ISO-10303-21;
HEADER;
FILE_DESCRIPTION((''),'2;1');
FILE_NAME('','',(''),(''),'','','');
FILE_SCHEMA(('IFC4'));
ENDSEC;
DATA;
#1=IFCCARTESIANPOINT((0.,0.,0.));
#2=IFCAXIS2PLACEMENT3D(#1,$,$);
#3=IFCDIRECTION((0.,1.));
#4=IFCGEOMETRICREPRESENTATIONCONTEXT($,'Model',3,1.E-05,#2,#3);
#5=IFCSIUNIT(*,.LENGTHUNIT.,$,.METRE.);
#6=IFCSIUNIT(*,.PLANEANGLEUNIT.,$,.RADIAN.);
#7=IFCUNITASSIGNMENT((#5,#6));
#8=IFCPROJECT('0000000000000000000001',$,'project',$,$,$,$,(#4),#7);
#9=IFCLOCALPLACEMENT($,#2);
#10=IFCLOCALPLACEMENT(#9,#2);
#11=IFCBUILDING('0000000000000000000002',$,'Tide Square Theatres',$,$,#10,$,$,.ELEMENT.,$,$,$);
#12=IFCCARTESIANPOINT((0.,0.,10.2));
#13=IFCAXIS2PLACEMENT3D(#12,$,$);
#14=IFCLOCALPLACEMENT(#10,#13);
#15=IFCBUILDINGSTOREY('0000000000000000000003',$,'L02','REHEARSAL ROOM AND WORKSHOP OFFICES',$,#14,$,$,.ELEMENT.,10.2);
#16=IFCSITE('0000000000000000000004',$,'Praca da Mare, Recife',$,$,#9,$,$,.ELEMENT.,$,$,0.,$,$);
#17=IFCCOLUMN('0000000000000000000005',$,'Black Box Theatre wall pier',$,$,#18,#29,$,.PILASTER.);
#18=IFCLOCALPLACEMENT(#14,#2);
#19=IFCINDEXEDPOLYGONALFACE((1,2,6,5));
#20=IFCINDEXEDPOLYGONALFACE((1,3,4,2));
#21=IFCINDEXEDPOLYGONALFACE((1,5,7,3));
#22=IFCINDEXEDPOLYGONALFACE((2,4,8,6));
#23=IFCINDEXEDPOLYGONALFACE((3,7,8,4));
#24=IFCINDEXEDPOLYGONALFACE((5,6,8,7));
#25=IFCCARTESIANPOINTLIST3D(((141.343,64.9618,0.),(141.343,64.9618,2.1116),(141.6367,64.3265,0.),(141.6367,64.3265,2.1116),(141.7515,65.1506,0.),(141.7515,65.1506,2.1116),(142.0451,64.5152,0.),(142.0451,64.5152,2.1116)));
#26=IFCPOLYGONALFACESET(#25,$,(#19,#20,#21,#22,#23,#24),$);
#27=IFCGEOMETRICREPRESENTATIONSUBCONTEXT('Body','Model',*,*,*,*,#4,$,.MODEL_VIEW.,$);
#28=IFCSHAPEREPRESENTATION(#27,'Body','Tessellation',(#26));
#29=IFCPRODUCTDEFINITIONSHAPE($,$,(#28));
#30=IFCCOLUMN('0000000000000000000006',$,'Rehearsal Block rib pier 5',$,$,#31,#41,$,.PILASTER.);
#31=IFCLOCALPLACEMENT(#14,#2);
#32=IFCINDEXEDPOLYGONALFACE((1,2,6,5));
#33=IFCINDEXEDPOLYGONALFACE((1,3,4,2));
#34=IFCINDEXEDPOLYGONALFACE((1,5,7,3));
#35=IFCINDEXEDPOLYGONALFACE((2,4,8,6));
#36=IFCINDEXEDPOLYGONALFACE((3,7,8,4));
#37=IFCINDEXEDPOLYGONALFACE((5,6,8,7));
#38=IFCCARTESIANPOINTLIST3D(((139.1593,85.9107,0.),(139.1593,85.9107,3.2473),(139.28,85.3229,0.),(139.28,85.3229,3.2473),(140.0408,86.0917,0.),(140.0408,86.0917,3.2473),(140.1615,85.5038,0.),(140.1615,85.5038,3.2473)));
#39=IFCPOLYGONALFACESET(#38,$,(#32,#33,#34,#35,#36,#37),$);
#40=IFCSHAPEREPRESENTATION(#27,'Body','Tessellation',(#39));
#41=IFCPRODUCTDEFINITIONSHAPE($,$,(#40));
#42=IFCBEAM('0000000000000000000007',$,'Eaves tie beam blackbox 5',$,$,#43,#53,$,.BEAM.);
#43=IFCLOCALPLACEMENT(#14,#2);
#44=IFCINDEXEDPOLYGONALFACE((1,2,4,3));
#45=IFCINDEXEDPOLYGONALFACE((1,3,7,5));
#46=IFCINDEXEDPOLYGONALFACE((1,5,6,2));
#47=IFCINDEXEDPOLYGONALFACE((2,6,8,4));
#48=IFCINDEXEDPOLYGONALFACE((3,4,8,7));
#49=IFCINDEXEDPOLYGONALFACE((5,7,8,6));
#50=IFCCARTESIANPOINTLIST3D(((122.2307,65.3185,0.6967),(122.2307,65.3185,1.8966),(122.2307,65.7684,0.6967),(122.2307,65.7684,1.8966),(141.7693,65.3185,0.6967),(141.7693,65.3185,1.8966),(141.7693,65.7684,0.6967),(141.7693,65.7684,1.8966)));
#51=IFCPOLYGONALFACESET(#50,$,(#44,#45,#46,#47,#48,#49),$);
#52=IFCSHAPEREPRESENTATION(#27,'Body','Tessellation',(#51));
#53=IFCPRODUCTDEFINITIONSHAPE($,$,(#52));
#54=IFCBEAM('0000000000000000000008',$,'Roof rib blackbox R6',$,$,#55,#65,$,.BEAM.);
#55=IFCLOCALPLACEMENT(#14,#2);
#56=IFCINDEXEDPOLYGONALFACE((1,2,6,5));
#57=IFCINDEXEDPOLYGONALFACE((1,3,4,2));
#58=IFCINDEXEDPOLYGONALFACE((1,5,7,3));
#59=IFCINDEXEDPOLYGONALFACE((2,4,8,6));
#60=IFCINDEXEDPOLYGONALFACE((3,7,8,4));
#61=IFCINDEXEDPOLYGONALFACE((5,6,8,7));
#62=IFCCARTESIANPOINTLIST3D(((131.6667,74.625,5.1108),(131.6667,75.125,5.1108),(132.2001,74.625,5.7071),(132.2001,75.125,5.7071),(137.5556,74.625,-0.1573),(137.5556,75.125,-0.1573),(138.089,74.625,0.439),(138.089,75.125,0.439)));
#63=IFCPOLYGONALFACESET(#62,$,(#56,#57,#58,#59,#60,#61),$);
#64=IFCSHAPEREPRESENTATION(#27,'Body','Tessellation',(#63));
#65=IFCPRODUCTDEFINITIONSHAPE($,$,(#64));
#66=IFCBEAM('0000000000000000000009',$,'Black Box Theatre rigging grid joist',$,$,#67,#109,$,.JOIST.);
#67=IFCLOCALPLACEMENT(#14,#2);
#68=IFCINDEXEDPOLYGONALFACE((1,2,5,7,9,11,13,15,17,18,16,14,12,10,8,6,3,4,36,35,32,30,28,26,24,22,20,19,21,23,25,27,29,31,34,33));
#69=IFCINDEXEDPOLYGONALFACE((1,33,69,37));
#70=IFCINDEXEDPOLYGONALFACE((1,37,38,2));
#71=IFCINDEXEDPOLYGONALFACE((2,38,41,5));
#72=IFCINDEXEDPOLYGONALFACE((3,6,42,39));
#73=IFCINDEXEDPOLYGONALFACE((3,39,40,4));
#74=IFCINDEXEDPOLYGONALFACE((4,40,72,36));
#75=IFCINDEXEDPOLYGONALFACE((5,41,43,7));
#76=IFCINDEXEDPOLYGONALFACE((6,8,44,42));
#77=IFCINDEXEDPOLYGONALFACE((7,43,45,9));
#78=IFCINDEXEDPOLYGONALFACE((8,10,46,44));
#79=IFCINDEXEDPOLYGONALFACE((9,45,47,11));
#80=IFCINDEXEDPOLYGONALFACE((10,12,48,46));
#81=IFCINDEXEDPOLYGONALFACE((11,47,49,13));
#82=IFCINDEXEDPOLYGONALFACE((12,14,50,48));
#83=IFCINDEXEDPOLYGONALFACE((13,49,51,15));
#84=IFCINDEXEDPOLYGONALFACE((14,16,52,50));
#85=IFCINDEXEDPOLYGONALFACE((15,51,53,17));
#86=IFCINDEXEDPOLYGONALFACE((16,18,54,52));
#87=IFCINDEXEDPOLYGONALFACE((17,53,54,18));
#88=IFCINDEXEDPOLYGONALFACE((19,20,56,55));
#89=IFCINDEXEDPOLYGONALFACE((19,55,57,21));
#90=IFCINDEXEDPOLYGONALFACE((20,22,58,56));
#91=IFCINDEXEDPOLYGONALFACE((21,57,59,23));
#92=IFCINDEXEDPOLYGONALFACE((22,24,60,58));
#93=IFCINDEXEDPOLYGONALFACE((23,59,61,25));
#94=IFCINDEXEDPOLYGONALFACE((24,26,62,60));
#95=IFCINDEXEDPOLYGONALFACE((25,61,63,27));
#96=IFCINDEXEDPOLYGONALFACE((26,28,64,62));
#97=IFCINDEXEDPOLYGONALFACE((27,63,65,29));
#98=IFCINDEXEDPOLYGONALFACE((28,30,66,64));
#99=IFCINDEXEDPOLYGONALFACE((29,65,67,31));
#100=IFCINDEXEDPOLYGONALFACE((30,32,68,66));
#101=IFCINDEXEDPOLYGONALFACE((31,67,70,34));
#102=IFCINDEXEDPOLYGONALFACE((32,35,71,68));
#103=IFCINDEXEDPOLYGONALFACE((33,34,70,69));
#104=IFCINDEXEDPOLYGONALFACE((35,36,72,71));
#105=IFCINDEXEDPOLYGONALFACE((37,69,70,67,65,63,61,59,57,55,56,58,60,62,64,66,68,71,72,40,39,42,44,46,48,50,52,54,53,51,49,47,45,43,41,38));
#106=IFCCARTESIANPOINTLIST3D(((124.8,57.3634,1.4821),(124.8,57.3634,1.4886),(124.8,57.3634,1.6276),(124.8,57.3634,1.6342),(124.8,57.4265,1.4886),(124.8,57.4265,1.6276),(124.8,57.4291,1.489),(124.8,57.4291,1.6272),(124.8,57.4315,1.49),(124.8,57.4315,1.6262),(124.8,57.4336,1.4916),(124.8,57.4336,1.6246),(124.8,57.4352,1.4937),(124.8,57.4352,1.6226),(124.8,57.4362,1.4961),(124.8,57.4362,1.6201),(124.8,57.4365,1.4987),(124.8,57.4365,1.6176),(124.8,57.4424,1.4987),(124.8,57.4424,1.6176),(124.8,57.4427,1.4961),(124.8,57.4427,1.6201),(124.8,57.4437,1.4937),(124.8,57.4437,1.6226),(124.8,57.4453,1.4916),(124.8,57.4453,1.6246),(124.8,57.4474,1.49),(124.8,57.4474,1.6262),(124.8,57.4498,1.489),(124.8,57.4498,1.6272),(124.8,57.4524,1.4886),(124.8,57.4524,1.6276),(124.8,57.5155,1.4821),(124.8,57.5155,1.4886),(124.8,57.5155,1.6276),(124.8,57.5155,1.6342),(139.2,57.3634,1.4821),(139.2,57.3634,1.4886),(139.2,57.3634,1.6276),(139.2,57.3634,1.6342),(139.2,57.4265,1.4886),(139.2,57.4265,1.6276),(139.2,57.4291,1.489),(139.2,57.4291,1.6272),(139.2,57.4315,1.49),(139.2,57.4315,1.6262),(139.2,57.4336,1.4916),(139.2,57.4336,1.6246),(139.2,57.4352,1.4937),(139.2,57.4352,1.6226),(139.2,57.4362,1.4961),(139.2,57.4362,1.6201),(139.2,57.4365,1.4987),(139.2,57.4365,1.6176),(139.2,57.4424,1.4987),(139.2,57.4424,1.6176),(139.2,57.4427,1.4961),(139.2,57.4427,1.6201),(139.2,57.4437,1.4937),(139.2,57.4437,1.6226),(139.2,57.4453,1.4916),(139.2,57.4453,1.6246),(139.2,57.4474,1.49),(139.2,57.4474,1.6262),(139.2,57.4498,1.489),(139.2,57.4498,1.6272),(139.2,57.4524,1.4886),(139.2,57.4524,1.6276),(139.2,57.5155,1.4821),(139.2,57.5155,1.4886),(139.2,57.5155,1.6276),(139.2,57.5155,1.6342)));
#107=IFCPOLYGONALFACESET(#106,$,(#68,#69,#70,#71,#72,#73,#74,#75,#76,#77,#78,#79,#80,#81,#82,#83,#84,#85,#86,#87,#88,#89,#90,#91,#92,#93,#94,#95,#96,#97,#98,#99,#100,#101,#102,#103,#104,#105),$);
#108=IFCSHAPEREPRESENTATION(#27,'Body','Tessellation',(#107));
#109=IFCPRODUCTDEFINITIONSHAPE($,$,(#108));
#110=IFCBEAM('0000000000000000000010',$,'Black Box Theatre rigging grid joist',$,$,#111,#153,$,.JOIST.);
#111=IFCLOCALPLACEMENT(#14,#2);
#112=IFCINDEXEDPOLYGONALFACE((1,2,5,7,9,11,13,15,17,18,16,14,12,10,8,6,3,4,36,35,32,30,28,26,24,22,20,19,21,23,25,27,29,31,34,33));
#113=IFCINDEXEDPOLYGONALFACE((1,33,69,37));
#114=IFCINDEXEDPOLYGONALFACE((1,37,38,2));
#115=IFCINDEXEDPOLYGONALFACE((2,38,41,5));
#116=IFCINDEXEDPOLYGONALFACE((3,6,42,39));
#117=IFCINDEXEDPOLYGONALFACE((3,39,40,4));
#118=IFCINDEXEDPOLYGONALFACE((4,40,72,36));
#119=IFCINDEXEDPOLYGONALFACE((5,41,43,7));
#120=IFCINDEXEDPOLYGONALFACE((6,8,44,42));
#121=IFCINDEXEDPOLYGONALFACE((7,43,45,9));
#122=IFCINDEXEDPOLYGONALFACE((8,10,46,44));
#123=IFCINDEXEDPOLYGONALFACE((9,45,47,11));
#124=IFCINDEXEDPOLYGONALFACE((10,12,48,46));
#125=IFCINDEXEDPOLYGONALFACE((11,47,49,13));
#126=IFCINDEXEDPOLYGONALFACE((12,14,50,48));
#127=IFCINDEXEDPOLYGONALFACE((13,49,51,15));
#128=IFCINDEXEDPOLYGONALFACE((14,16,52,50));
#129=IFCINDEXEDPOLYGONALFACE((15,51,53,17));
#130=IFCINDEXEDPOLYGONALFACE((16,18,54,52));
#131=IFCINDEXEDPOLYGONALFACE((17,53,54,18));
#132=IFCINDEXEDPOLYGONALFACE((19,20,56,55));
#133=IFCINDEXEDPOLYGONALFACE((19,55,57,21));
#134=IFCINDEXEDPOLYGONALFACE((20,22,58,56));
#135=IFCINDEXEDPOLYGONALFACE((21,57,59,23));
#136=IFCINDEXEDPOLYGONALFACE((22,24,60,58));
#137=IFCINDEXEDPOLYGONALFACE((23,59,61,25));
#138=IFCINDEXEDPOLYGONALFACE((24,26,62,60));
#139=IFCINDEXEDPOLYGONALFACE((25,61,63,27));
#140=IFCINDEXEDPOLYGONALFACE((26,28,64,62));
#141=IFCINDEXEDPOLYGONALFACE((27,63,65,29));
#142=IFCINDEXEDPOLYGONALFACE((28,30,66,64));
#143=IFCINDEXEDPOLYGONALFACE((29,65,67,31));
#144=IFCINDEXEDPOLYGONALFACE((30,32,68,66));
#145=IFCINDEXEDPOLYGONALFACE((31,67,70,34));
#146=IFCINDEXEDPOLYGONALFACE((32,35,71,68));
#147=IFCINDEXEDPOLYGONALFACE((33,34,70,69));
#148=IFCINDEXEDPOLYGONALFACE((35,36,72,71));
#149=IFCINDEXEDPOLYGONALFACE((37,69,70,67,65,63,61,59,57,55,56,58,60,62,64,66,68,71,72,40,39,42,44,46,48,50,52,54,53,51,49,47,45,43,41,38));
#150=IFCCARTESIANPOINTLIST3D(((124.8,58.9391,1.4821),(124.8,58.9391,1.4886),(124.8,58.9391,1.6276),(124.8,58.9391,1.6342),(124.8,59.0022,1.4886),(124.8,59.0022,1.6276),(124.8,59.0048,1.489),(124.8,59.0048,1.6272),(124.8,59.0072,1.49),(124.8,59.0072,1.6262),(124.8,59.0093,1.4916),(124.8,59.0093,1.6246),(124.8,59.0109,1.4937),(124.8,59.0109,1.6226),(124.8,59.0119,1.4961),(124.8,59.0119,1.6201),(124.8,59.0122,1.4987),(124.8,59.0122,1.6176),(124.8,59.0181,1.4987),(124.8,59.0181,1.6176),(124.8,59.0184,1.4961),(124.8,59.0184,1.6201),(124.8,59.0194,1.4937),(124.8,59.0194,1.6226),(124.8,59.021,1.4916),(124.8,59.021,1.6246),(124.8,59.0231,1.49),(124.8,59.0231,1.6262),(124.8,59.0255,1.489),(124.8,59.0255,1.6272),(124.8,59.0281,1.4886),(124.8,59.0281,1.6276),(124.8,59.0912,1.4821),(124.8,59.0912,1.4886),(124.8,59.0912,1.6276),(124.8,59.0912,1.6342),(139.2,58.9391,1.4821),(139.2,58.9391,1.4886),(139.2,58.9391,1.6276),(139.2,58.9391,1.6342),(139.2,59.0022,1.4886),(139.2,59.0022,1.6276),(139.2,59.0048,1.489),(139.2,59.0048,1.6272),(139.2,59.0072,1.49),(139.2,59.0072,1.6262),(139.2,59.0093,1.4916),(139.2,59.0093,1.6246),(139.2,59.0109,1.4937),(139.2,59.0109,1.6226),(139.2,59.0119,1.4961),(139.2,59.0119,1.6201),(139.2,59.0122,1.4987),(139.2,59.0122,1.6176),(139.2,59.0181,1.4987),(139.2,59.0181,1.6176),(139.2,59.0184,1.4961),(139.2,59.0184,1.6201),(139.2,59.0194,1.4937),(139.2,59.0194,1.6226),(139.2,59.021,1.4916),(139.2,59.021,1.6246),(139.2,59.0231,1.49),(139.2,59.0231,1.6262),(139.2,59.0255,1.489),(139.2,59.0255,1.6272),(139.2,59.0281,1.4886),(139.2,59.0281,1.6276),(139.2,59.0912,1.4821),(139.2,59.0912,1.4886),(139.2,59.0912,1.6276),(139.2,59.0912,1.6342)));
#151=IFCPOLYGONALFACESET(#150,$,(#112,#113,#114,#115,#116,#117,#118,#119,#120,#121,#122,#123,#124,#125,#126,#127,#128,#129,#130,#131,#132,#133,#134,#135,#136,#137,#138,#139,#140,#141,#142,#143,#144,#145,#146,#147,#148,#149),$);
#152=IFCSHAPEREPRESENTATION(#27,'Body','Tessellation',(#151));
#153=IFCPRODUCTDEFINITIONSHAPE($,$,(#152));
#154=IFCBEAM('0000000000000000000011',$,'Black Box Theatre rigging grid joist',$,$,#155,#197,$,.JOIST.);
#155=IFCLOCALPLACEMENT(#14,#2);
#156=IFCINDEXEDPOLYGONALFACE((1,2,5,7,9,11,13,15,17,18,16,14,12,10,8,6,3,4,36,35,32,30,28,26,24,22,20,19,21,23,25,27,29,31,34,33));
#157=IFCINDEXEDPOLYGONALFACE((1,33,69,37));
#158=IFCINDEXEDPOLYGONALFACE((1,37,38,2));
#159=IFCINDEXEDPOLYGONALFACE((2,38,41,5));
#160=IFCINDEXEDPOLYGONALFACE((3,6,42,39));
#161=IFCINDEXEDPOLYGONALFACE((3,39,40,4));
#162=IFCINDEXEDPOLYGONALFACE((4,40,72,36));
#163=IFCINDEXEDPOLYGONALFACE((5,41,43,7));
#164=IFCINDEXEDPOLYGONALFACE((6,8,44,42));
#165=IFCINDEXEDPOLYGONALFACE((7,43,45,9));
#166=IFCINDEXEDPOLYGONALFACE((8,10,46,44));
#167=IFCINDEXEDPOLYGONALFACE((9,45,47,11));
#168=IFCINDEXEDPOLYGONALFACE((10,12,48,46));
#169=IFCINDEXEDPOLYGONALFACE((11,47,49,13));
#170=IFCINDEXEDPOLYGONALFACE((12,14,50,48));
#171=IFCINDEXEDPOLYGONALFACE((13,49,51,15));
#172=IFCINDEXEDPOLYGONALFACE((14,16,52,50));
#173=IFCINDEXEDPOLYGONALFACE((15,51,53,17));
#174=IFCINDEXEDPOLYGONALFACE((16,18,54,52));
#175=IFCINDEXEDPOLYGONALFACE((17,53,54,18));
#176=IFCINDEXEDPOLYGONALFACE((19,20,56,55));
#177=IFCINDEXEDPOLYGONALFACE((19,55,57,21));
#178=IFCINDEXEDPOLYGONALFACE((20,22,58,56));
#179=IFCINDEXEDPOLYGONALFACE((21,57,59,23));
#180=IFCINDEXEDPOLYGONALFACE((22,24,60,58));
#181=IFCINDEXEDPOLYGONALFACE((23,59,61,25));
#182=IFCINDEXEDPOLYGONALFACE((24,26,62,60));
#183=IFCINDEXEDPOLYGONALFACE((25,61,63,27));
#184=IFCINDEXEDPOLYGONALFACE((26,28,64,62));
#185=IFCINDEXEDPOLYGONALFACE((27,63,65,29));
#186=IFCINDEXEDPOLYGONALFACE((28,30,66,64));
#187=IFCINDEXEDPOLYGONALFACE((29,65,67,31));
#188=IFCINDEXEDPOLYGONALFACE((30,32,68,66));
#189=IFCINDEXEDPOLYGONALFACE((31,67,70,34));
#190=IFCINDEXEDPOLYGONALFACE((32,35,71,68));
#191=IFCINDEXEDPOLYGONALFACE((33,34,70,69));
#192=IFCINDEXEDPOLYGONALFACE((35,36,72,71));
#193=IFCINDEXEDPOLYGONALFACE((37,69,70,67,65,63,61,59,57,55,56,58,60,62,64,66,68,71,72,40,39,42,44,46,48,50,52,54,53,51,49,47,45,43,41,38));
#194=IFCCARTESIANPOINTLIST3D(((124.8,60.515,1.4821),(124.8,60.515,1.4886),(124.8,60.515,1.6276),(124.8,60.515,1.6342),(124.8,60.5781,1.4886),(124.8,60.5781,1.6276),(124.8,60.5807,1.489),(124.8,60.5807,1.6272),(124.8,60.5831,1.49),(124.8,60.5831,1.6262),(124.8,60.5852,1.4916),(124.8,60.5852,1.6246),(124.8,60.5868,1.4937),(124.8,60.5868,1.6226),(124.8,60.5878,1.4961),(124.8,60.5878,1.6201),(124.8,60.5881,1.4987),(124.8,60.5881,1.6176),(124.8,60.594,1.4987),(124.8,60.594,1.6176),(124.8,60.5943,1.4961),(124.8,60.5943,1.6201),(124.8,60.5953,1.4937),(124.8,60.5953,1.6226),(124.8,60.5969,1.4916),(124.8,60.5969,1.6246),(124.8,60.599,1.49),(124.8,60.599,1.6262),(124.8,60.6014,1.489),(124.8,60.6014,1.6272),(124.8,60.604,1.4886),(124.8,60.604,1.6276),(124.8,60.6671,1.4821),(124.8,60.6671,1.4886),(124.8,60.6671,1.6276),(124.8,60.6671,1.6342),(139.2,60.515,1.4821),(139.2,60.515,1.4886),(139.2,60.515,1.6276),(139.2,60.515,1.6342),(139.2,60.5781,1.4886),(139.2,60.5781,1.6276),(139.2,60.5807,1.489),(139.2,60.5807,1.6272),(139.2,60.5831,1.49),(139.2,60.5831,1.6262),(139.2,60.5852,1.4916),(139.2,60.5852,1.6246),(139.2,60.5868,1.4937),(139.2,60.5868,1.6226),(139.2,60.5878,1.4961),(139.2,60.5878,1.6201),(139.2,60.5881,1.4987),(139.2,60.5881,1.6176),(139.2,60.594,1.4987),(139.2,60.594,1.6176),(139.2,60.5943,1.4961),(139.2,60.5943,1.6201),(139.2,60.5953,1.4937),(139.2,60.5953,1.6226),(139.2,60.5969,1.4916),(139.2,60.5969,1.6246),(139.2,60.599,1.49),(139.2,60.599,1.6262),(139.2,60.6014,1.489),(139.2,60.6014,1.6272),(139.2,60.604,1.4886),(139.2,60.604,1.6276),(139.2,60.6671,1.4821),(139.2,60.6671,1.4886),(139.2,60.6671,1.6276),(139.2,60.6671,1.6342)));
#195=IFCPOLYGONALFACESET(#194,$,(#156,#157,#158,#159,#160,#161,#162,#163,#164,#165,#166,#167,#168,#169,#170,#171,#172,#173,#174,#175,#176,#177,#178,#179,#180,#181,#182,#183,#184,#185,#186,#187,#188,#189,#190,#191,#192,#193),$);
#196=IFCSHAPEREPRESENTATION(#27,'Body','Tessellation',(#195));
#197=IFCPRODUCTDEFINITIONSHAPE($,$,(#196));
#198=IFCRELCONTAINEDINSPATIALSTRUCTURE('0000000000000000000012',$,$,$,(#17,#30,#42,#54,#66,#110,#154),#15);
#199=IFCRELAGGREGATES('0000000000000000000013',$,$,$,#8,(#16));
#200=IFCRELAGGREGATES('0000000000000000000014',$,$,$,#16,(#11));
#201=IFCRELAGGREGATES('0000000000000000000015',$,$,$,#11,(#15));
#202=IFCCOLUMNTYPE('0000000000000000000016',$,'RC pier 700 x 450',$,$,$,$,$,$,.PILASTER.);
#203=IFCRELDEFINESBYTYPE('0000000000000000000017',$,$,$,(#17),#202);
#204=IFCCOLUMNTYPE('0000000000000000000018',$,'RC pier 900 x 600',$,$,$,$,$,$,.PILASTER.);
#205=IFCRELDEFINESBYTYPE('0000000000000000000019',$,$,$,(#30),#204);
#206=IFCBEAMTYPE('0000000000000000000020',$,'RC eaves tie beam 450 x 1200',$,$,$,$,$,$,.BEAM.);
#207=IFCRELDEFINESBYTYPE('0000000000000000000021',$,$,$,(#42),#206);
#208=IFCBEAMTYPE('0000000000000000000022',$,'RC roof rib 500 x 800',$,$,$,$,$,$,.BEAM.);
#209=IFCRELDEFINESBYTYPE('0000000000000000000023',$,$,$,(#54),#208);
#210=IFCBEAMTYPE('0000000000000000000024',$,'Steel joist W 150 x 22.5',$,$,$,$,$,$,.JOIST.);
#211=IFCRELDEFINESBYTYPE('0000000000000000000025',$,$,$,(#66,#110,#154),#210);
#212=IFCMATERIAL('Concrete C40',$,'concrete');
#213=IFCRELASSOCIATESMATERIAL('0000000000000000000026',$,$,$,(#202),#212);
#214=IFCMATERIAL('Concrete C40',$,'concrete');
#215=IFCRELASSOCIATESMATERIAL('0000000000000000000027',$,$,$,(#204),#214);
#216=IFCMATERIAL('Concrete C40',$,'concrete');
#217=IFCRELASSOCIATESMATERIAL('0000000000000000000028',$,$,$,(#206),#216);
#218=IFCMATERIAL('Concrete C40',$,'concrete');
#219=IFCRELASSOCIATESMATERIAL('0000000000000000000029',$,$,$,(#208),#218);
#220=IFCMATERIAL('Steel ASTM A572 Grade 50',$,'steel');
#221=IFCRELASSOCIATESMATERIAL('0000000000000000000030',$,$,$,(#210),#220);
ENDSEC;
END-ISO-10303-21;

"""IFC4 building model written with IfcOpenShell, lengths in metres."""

from ifc_helpers import new_model, si_unit, direction, frame, origin, origin_2d, place, context, subcontext, project, spatial, rectangle, i_section, extrude, material, material_profile, profile_set, type_object, element, save


model = new_model("IFC4")

# Units and contexts
model_context = context("Model", 3, precision=1e-05, world=origin(), true_north=direction((0.0, 1.0)))
body_context = subcontext(model_context, "Body", "Model", "MODEL_VIEW")
ifc_project = project(units=[si_unit("LENGTHUNIT", "METRE"), si_unit("PLANEANGLEUNIT", "RADIAN")], contexts=[model_context])

# Site, building, storey
site_placement = place(None, origin())
site = spatial("IfcSite", under=ifc_project, at=site_placement, Name="Praca da Mare, Recife", CompositionType="ELEMENT", RefElevation=0.0)
building_placement = place(site_placement, origin())
building = spatial("IfcBuilding", under=site, at=building_placement, Name="Tide Square Theatres", CompositionType="ELEMENT")
storey_placement = place(building_placement, frame((0.0, 0.0, 10.2)))
storey = spatial("IfcBuildingStorey", under=building, at=storey_placement, Name="L02", Description="REHEARSAL ROOM AND WORKSHOP OFFICES", CompositionType="ELEMENT", Elevation=10.2)

# Columns
ifc_material_1 = material(Name="Concrete C40", Category="concrete")
ifc_material_profile_1 = material_profile(ifc_material_1, rectangle(XDim=0.7, YDim=0.45, at=origin_2d()))
ifc_profile_set_1 = profile_set([ifc_material_profile_1], Name="Concrete C40")
column_type_1 = type_object("IfcColumnType", Name="RC pier 700 x 450", PredefinedType="PILASTER", material=ifc_profile_set_1)
column_1_placement = place(storey_placement, frame((141.6941, 64.7385, 0.0), z_axis=(0.0, 0.0, 1.0), x_axis=(-0.41956, 0.907728, 0.0)))
element("IfcColumn", 1, at=column_1_placement, inside=storey, type_object=column_type_1, Name="Black Box Theatre wall pier", PredefinedType="PILASTER", context=body_context, shape_type="SweptSolid", body=[
    extrude(rectangle(XDim=0.7, YDim=0.45, at=origin_2d()), origin(), (0.0, 0.0, 1.0), 2.1116),
])
ifc_material_2 = material(Name="Concrete C40", Category="concrete")
ifc_material_profile_2 = material_profile(ifc_material_2, rectangle(XDim=0.8999, YDim=0.6001, at=origin_2d()))
ifc_profile_set_2 = profile_set([ifc_material_profile_2], Name="Concrete C40")
column_type_2 = type_object("IfcColumnType", Name="RC pier 900 x 600", PredefinedType="PILASTER", material=ifc_profile_set_2)
column_2_placement = place(storey_placement, frame((139.6604, 85.7073, 0.0), z_axis=(0.0, 0.0, 1.0), x_axis=(0.979575, 0.201079, 0.0)))
element("IfcColumn", 2, at=column_2_placement, inside=storey, type_object=column_type_2, Name="Rehearsal Block rib pier 5", PredefinedType="PILASTER", context=body_context, shape_type="SweptSolid", body=[
    extrude(rectangle(XDim=0.8999, YDim=0.6001, at=origin_2d()), origin(), (0.0, 0.0, 1.0), 3.2473),
])

# Beams
ifc_material_3 = material(Name="Concrete C40", Category="concrete")
ifc_material_profile_3 = material_profile(ifc_material_3, rectangle(XDim=0.45, YDim=1.2, at=origin_2d()))
ifc_profile_set_3 = profile_set([ifc_material_profile_3], Name="Concrete C40")
beam_type_1 = type_object("IfcBeamType", Name="RC eaves tie beam 450 x 1200", PredefinedType="BEAM", material=ifc_profile_set_3)
beam_1_placement = place(storey_placement, frame((141.7693, 65.5435, 1.2966), z_axis=(-1.0, 0.0, 0.0), x_axis=(0.0, -1.0, 0.0)))
element("IfcBeam", 3, at=beam_1_placement, inside=storey, type_object=beam_type_1, Name="Eaves tie beam blackbox 5", PredefinedType="BEAM", context=body_context, shape_type="SweptSolid", body=[
    extrude(rectangle(XDim=0.45, YDim=1.2, at=origin_2d()), origin(), (0.0, 0.0, 1.0), 19.5386),
])
ifc_material_4 = material(Name="Concrete C40", Category="concrete")
ifc_material_profile_4 = material_profile(ifc_material_4, rectangle(XDim=0.5, YDim=0.8, at=origin_2d()))
ifc_profile_set_4 = profile_set([ifc_material_profile_4], Name="Concrete C40")
beam_type_2 = type_object("IfcBeamType", Name="RC roof rib 500 x 800", PredefinedType="BEAM", material=ifc_profile_set_4)
beam_2_placement = place(storey_placement, frame((137.8223, 74.875, 0.1409), z_axis=(-0.745302, 0.0, 0.666727), x_axis=(0.0, -1.0, 0.0)))
element("IfcBeam", 4, at=beam_2_placement, inside=storey, type_object=beam_type_2, Name="Roof rib blackbox R6", PredefinedType="BEAM", context=body_context, shape_type="SweptSolid", body=[
    extrude(rectangle(XDim=0.5, YDim=0.8, at=origin_2d()), origin(), (0.0, 0.0, 1.0), 7.9014),
])
ifc_material_5 = material(Name="Steel ASTM A572 Grade 50", Category="steel")
ifc_material_profile_5 = material_profile(ifc_material_5, i_section(OverallWidth=0.1521, OverallDepth=0.1521, WebThickness=0.0059, FlangeThickness=0.0066, FilletRadius=0.01, at=origin_2d()))
ifc_profile_set_5 = profile_set([ifc_material_profile_5], Name="Steel ASTM A572 Grade 50")
beam_type_3 = type_object("IfcBeamType", Name="Steel joist W 150 x 22.5", PredefinedType="JOIST", material=ifc_profile_set_5)
for number, where, z_axis, x_axis, name in (
    (5, (139.2, 57.4395, 1.5581), (-1.0, 0.0, 0.0), (0.0, -1.0, 0.0), "Black Box Theatre rigging grid joist"),
    (6, (139.2, 59.0151, 1.5581), (-1.0, 0.0, 0.0), (0.0, -1.0, 0.0), "Black Box Theatre rigging grid joist"),
    (7, (139.2, 60.5911, 1.5581), (-1.0, 0.0, 0.0), (0.0, -1.0, 0.0), "Black Box Theatre rigging grid joist"),
):
    element("IfcBeam", number, at=place(storey_placement, frame(where, z_axis=z_axis, x_axis=x_axis)), inside=storey, type_object=beam_type_3, Name=name, PredefinedType="JOIST", context=body_context, shape_type="SweptSolid", body=[
        extrude(i_section(OverallWidth=0.1521, OverallDepth=0.1521, WebThickness=0.0059, FlangeThickness=0.0066, FilletRadius=0.01, at=origin_2d()), origin(), (0.0, 0.0, 1.0), 14.3999),
    ])

save(model, "model.ifc")
